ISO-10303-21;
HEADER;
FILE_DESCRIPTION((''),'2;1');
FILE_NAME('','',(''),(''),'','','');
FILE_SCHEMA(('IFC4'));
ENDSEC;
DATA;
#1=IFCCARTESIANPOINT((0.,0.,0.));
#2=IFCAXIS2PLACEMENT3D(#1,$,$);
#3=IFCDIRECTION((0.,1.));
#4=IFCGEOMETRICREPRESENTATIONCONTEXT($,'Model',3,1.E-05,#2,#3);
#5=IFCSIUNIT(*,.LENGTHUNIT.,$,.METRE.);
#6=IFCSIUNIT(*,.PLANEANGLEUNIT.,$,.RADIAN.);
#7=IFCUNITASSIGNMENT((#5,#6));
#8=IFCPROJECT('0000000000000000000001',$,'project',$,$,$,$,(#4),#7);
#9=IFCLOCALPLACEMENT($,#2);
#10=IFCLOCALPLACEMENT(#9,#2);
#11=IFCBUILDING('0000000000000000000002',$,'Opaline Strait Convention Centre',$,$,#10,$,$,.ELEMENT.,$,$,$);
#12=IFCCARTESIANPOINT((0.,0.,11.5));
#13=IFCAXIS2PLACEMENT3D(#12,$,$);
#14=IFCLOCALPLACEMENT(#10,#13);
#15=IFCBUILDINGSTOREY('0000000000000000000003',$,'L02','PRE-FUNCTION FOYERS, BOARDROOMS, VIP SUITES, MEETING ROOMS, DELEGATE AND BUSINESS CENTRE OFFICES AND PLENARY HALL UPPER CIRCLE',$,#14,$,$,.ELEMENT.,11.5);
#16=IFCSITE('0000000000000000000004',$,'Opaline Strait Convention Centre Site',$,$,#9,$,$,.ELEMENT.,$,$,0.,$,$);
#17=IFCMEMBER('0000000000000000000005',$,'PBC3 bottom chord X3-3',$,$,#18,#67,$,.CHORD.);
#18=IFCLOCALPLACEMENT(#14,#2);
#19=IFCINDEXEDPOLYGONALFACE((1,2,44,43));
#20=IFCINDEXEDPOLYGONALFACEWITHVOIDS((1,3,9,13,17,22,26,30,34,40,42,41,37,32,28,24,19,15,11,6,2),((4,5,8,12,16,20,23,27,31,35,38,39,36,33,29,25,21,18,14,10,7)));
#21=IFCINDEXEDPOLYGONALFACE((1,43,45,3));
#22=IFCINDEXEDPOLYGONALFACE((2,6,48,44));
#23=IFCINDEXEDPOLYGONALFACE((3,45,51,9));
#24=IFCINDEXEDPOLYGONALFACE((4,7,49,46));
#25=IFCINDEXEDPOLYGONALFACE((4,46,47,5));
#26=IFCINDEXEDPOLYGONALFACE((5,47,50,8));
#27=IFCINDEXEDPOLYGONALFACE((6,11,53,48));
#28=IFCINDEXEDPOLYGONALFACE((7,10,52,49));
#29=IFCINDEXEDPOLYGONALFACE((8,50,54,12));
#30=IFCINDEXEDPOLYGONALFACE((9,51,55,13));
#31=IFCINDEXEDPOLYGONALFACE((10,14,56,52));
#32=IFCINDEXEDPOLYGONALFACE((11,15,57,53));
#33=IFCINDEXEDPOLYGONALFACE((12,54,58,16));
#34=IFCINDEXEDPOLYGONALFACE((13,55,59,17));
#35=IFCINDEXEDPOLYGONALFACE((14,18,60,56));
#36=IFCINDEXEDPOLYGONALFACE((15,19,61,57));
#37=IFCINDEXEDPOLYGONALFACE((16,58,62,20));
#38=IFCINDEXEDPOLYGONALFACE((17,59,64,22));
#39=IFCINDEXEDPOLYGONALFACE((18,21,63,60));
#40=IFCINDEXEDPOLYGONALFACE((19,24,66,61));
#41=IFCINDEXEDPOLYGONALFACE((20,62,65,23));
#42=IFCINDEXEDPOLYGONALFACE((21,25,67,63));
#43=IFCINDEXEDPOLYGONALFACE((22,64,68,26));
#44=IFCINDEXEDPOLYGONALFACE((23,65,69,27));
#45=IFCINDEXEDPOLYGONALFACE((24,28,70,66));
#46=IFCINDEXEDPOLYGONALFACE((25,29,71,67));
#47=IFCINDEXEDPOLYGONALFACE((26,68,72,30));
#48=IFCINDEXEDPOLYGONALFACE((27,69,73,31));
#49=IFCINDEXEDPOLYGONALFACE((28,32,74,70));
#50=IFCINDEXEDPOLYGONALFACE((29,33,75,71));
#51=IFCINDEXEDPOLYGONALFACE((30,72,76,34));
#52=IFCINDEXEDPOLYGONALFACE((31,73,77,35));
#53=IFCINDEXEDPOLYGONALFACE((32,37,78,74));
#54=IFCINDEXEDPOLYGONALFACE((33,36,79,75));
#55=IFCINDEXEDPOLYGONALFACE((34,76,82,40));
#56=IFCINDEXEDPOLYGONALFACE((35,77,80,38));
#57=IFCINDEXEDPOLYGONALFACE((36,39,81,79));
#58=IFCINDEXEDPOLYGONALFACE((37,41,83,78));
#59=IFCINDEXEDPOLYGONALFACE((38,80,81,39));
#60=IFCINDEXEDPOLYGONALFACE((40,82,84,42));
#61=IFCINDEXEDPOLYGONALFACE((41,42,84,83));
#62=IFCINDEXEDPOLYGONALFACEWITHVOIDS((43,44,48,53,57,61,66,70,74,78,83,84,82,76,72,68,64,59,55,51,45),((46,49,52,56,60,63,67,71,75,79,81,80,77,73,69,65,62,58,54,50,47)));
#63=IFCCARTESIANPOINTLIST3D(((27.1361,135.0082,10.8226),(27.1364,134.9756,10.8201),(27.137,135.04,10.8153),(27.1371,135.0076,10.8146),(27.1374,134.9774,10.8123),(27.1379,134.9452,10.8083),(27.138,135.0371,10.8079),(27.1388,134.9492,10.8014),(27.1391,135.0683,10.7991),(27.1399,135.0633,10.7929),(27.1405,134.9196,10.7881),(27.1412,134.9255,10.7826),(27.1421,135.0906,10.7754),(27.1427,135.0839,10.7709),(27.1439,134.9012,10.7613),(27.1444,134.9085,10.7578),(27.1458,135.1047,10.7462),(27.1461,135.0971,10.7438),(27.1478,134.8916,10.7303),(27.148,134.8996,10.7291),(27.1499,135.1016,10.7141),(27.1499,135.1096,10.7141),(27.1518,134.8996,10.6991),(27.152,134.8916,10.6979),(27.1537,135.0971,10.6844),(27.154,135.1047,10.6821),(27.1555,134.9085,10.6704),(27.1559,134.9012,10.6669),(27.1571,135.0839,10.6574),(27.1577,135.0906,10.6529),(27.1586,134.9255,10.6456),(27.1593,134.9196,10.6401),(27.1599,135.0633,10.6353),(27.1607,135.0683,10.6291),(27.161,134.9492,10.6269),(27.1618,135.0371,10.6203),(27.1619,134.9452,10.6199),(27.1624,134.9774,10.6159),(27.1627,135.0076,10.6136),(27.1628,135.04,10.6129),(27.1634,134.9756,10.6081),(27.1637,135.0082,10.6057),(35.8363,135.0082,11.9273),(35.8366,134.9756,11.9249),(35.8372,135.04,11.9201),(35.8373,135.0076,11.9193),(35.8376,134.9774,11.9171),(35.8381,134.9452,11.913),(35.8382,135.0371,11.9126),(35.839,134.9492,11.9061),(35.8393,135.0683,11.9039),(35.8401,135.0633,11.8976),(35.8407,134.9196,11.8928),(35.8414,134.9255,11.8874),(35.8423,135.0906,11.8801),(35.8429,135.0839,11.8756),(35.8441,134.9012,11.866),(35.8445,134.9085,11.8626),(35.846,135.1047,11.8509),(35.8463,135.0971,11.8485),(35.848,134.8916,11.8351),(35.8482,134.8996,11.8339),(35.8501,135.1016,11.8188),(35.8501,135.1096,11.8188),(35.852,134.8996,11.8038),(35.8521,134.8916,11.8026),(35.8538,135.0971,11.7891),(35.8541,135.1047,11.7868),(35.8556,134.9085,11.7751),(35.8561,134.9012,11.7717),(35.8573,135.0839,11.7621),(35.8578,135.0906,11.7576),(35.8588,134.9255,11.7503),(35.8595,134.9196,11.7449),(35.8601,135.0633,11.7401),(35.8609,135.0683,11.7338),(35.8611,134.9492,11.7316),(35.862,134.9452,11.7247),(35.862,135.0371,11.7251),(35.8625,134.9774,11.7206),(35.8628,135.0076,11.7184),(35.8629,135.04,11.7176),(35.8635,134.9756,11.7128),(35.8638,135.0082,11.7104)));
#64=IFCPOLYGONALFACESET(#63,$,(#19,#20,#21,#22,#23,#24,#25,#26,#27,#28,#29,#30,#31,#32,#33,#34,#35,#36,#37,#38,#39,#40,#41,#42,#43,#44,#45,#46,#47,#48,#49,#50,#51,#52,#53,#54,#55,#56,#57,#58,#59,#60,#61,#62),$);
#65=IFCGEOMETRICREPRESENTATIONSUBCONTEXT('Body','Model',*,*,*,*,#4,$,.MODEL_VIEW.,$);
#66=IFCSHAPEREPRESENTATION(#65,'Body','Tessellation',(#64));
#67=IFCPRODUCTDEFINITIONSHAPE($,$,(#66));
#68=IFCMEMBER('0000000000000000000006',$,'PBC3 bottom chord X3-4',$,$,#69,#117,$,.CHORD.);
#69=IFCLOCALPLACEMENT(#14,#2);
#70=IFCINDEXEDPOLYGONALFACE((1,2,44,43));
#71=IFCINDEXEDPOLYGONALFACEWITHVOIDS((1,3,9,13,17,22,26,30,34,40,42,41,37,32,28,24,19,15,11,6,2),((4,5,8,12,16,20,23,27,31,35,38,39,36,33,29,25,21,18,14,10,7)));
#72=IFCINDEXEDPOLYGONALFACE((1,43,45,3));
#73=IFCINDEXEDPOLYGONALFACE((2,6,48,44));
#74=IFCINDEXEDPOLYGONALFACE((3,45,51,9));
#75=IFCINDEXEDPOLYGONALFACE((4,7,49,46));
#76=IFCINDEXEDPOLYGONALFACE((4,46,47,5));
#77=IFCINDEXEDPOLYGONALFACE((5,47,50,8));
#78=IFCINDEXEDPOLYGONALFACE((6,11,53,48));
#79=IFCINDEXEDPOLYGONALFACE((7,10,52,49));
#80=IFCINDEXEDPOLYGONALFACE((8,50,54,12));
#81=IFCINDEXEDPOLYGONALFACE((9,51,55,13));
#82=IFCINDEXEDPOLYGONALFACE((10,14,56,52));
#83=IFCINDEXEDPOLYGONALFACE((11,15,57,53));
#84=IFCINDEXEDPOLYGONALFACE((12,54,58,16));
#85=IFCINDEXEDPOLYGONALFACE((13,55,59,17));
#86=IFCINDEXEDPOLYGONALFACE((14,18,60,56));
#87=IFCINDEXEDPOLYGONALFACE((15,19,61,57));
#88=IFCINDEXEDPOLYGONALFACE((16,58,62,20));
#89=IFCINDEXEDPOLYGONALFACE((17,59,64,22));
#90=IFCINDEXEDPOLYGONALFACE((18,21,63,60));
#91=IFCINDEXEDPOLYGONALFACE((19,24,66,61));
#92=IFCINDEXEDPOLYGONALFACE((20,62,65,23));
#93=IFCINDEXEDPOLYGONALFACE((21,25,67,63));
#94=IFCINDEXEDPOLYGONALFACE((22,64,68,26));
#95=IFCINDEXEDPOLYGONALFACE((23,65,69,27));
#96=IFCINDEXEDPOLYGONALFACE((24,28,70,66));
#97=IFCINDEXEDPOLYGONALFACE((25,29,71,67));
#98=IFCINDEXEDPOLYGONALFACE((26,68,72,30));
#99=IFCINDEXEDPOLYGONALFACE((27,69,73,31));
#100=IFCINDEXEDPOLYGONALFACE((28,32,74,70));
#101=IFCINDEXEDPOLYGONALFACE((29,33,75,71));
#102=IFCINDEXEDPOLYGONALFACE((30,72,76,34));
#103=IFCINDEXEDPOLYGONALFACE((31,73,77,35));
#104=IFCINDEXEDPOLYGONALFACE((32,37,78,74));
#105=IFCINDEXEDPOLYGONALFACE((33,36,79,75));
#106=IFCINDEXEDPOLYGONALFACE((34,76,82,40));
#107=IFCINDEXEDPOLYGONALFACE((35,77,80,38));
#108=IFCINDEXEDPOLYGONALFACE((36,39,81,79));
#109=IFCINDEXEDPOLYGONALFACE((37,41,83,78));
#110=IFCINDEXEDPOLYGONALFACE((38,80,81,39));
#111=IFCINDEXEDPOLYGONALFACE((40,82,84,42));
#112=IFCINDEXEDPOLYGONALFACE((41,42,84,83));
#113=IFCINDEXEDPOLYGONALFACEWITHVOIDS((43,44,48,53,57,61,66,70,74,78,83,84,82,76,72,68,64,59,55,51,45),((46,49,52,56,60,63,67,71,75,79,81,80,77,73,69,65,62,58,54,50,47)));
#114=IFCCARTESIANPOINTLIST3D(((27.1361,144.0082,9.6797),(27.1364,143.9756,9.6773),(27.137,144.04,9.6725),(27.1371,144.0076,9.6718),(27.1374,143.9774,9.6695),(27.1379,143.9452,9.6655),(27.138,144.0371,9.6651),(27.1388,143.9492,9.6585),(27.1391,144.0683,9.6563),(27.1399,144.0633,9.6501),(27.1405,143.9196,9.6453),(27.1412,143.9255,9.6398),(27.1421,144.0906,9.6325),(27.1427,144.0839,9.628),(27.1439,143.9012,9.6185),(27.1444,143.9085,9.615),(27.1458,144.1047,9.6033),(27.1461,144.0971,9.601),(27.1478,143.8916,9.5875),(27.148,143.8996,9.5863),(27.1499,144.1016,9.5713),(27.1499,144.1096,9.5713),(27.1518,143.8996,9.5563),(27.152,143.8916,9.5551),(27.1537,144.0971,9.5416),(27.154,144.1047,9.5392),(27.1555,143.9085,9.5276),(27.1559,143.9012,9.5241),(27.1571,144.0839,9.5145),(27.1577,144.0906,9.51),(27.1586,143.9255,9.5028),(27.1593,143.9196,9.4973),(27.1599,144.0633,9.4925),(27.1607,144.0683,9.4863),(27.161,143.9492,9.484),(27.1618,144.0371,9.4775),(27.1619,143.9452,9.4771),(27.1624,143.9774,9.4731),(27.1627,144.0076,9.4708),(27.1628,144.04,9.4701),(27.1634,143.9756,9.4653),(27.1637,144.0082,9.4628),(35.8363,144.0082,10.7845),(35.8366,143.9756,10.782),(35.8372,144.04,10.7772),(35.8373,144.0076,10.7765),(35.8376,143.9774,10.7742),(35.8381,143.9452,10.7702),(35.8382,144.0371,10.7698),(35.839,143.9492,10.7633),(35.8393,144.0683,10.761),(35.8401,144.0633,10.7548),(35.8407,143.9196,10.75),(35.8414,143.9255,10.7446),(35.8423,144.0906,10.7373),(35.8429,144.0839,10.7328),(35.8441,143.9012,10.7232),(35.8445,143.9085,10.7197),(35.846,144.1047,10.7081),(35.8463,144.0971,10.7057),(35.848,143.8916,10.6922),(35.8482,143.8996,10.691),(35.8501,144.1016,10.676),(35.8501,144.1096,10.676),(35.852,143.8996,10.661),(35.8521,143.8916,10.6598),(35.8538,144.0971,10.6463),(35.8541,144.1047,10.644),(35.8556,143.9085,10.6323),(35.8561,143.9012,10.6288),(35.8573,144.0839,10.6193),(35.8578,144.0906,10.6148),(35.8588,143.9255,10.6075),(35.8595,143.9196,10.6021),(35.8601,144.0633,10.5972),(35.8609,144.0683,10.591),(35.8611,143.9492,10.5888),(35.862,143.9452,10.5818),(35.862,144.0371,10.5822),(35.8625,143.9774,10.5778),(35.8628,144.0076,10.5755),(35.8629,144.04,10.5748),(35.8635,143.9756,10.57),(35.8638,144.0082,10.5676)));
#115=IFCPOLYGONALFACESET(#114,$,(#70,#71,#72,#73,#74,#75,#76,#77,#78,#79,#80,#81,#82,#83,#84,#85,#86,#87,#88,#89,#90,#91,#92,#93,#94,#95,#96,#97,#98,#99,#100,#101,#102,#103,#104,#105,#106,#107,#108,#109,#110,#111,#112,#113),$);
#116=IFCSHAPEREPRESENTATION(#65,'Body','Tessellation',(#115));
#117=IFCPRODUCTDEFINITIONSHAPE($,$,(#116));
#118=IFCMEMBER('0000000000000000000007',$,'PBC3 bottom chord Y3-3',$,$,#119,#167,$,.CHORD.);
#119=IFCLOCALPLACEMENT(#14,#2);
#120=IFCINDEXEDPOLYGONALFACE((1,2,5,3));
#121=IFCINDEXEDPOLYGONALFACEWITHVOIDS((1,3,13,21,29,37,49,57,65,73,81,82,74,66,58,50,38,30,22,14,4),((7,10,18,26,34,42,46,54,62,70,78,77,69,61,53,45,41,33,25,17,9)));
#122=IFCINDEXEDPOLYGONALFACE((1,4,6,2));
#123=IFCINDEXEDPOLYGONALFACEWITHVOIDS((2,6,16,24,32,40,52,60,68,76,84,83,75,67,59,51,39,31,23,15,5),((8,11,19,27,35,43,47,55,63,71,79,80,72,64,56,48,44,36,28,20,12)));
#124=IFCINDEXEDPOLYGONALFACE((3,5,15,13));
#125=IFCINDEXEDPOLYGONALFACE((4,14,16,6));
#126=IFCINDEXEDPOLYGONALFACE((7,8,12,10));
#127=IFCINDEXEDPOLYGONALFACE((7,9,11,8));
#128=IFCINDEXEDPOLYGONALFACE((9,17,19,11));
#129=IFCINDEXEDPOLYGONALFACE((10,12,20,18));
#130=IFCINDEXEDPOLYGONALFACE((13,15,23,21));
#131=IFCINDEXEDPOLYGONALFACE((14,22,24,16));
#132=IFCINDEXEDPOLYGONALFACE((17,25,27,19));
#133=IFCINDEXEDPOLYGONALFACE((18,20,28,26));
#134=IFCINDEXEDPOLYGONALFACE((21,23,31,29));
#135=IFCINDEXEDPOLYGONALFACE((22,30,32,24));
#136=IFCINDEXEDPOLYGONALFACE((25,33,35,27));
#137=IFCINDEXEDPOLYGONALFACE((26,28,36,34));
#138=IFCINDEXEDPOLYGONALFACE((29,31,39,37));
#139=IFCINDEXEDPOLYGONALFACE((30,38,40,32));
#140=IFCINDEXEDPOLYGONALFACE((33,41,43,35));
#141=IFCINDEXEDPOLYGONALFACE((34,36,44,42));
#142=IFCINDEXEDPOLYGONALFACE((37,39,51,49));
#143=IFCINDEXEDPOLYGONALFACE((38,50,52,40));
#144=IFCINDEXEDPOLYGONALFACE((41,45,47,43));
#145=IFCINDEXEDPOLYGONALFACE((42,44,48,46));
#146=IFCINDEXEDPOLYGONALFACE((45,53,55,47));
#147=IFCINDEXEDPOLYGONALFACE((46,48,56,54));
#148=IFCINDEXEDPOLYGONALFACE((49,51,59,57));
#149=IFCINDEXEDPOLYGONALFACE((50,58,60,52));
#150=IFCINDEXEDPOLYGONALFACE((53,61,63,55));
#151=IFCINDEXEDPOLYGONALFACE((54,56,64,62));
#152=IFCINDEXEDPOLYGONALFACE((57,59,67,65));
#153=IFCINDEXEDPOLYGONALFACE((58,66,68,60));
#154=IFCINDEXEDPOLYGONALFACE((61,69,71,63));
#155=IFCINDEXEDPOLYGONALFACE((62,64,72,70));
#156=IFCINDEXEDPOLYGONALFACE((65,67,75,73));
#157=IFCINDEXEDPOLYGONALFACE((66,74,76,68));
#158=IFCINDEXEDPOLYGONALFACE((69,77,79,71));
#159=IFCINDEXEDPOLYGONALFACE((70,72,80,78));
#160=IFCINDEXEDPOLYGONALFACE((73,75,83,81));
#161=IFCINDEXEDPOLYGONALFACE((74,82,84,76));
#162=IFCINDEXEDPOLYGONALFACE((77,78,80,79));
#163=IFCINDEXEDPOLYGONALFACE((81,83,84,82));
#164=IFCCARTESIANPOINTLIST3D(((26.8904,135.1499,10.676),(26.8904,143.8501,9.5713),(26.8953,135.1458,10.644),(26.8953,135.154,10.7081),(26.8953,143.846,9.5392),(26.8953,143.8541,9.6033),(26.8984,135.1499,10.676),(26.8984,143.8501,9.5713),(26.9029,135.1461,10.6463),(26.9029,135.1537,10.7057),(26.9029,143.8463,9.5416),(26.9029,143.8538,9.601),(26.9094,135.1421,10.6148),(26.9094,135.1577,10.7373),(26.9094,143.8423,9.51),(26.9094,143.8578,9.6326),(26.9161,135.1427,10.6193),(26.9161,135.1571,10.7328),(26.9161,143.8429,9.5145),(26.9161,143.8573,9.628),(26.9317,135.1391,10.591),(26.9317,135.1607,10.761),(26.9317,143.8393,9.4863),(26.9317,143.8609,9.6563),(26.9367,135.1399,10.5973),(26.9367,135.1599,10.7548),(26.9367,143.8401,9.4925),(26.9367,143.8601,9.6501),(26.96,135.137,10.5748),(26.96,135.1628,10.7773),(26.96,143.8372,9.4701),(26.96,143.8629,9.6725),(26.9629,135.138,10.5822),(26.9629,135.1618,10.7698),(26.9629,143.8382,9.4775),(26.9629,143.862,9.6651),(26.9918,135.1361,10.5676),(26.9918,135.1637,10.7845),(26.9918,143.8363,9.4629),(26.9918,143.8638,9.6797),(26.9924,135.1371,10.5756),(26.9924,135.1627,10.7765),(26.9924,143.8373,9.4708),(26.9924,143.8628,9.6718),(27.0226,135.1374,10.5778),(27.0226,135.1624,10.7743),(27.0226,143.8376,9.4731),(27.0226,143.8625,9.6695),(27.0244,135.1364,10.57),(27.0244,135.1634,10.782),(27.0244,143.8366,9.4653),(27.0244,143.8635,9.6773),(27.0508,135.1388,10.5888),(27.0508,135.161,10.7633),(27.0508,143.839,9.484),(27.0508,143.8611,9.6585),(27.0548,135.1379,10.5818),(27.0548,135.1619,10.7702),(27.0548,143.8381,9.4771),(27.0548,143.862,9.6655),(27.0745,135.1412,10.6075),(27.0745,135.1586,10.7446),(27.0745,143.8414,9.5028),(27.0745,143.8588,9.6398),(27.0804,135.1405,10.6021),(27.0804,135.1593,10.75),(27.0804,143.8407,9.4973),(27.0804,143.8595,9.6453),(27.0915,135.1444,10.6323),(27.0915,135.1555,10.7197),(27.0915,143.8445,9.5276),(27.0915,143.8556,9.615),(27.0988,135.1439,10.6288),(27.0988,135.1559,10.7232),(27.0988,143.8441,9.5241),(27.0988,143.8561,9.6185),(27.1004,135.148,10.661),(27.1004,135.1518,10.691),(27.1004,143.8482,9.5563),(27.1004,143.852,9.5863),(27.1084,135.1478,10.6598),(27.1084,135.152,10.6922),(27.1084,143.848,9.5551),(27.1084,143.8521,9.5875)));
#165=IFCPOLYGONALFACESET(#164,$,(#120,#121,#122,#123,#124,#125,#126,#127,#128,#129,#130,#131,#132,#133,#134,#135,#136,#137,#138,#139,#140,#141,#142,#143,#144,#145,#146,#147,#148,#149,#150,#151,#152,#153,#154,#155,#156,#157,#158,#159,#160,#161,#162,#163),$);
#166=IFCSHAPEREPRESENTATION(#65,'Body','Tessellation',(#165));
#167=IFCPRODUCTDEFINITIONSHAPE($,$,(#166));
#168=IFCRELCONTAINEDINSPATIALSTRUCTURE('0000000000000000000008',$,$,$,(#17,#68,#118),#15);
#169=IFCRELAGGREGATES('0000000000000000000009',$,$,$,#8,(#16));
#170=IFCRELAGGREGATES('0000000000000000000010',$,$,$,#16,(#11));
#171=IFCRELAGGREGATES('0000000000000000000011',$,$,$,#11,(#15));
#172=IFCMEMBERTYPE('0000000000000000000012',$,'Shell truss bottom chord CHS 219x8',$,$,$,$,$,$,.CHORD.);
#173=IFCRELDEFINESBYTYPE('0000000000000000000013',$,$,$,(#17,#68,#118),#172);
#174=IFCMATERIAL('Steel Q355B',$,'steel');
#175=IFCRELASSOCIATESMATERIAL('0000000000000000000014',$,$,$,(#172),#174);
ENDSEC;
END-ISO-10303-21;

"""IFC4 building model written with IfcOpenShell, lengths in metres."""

from ifc_helpers import new_model, si_unit, direction, frame, origin, origin_2d, place, context, subcontext, project, spatial, hollow_circle, extrude, material, material_profile, profile_set, type_object, element, save


model = new_model("IFC4")

# Units and contexts
model_context = context("Model", 3, precision=1e-05, world=origin(), true_north=direction((0.0, 1.0)))
body_context = subcontext(model_context, "Body", "Model", "MODEL_VIEW")
ifc_project = project(units=[si_unit("LENGTHUNIT", "METRE"), si_unit("PLANEANGLEUNIT", "RADIAN")], contexts=[model_context])

# Site, building, storey
site_placement = place(None, origin())
site = spatial("IfcSite", under=ifc_project, at=site_placement, Name="Opaline Strait Convention Centre Site", CompositionType="ELEMENT", RefElevation=0.0)
building_placement = place(site_placement, origin())
building = spatial("IfcBuilding", under=site, at=building_placement, Name="Opaline Strait Convention Centre", CompositionType="ELEMENT")
storey_placement = place(building_placement, frame((0.0, 0.0, 11.5)))
storey = spatial("IfcBuildingStorey", under=building, at=storey_placement, Name="L02", Description="PRE-FUNCTION FOYERS, BOARDROOMS, VIP SUITES, MEETING ROOMS, DELEGATE AND BUSINESS CENTRE OFFICES AND PLENARY HALL UPPER CIRCLE", CompositionType="ELEMENT", Elevation=11.5)

# Members
ifc_material_1 = material(Name="Steel Q355B", Category="steel")
ifc_material_profile_1 = material_profile(ifc_material_1, hollow_circle(Radius=0.1096, WallThickness=0.0081, at=origin_2d()), Name="CHS 219x8")
ifc_profile_set_1 = profile_set([ifc_material_profile_1], Name="Steel Q355B")
member_type_1 = type_object("IfcMemberType", Name="Shell truss bottom chord CHS 219x8", PredefinedType="CHORD", material=ifc_profile_set_1)
for number, where, z_axis, x_axis, name in (
    (1, (27.1499, 135.0, 10.7141), (0.992034, 0.0, 0.125967), (0.0, 1.0, 0.0), "PBC3 bottom chord X3-3"),
    (2, (27.1499, 144.0, 9.5713), (0.992034, 0.0, 0.125967), (0.0, 1.0, 0.0), "PBC3 bottom chord X3-4"),
    (3, (27.0, 135.1499, 10.676), (0.0, 0.992034, -0.125967), (-1.0, 0.0, 0.0), "PBC3 bottom chord Y3-3"),
):
    element("IfcMember", number, at=place(storey_placement, frame(where, z_axis=z_axis, x_axis=x_axis)), inside=storey, type_object=member_type_1, Name=name, PredefinedType="CHORD", context=body_context, shape_type="SweptSolid", body=[
        extrude(hollow_circle(Radius=0.1096, WallThickness=0.0081, at=origin_2d()), origin(), (0.0, 0.0, 1.0), 8.77),
    ])

save(model, "model.ifc")
